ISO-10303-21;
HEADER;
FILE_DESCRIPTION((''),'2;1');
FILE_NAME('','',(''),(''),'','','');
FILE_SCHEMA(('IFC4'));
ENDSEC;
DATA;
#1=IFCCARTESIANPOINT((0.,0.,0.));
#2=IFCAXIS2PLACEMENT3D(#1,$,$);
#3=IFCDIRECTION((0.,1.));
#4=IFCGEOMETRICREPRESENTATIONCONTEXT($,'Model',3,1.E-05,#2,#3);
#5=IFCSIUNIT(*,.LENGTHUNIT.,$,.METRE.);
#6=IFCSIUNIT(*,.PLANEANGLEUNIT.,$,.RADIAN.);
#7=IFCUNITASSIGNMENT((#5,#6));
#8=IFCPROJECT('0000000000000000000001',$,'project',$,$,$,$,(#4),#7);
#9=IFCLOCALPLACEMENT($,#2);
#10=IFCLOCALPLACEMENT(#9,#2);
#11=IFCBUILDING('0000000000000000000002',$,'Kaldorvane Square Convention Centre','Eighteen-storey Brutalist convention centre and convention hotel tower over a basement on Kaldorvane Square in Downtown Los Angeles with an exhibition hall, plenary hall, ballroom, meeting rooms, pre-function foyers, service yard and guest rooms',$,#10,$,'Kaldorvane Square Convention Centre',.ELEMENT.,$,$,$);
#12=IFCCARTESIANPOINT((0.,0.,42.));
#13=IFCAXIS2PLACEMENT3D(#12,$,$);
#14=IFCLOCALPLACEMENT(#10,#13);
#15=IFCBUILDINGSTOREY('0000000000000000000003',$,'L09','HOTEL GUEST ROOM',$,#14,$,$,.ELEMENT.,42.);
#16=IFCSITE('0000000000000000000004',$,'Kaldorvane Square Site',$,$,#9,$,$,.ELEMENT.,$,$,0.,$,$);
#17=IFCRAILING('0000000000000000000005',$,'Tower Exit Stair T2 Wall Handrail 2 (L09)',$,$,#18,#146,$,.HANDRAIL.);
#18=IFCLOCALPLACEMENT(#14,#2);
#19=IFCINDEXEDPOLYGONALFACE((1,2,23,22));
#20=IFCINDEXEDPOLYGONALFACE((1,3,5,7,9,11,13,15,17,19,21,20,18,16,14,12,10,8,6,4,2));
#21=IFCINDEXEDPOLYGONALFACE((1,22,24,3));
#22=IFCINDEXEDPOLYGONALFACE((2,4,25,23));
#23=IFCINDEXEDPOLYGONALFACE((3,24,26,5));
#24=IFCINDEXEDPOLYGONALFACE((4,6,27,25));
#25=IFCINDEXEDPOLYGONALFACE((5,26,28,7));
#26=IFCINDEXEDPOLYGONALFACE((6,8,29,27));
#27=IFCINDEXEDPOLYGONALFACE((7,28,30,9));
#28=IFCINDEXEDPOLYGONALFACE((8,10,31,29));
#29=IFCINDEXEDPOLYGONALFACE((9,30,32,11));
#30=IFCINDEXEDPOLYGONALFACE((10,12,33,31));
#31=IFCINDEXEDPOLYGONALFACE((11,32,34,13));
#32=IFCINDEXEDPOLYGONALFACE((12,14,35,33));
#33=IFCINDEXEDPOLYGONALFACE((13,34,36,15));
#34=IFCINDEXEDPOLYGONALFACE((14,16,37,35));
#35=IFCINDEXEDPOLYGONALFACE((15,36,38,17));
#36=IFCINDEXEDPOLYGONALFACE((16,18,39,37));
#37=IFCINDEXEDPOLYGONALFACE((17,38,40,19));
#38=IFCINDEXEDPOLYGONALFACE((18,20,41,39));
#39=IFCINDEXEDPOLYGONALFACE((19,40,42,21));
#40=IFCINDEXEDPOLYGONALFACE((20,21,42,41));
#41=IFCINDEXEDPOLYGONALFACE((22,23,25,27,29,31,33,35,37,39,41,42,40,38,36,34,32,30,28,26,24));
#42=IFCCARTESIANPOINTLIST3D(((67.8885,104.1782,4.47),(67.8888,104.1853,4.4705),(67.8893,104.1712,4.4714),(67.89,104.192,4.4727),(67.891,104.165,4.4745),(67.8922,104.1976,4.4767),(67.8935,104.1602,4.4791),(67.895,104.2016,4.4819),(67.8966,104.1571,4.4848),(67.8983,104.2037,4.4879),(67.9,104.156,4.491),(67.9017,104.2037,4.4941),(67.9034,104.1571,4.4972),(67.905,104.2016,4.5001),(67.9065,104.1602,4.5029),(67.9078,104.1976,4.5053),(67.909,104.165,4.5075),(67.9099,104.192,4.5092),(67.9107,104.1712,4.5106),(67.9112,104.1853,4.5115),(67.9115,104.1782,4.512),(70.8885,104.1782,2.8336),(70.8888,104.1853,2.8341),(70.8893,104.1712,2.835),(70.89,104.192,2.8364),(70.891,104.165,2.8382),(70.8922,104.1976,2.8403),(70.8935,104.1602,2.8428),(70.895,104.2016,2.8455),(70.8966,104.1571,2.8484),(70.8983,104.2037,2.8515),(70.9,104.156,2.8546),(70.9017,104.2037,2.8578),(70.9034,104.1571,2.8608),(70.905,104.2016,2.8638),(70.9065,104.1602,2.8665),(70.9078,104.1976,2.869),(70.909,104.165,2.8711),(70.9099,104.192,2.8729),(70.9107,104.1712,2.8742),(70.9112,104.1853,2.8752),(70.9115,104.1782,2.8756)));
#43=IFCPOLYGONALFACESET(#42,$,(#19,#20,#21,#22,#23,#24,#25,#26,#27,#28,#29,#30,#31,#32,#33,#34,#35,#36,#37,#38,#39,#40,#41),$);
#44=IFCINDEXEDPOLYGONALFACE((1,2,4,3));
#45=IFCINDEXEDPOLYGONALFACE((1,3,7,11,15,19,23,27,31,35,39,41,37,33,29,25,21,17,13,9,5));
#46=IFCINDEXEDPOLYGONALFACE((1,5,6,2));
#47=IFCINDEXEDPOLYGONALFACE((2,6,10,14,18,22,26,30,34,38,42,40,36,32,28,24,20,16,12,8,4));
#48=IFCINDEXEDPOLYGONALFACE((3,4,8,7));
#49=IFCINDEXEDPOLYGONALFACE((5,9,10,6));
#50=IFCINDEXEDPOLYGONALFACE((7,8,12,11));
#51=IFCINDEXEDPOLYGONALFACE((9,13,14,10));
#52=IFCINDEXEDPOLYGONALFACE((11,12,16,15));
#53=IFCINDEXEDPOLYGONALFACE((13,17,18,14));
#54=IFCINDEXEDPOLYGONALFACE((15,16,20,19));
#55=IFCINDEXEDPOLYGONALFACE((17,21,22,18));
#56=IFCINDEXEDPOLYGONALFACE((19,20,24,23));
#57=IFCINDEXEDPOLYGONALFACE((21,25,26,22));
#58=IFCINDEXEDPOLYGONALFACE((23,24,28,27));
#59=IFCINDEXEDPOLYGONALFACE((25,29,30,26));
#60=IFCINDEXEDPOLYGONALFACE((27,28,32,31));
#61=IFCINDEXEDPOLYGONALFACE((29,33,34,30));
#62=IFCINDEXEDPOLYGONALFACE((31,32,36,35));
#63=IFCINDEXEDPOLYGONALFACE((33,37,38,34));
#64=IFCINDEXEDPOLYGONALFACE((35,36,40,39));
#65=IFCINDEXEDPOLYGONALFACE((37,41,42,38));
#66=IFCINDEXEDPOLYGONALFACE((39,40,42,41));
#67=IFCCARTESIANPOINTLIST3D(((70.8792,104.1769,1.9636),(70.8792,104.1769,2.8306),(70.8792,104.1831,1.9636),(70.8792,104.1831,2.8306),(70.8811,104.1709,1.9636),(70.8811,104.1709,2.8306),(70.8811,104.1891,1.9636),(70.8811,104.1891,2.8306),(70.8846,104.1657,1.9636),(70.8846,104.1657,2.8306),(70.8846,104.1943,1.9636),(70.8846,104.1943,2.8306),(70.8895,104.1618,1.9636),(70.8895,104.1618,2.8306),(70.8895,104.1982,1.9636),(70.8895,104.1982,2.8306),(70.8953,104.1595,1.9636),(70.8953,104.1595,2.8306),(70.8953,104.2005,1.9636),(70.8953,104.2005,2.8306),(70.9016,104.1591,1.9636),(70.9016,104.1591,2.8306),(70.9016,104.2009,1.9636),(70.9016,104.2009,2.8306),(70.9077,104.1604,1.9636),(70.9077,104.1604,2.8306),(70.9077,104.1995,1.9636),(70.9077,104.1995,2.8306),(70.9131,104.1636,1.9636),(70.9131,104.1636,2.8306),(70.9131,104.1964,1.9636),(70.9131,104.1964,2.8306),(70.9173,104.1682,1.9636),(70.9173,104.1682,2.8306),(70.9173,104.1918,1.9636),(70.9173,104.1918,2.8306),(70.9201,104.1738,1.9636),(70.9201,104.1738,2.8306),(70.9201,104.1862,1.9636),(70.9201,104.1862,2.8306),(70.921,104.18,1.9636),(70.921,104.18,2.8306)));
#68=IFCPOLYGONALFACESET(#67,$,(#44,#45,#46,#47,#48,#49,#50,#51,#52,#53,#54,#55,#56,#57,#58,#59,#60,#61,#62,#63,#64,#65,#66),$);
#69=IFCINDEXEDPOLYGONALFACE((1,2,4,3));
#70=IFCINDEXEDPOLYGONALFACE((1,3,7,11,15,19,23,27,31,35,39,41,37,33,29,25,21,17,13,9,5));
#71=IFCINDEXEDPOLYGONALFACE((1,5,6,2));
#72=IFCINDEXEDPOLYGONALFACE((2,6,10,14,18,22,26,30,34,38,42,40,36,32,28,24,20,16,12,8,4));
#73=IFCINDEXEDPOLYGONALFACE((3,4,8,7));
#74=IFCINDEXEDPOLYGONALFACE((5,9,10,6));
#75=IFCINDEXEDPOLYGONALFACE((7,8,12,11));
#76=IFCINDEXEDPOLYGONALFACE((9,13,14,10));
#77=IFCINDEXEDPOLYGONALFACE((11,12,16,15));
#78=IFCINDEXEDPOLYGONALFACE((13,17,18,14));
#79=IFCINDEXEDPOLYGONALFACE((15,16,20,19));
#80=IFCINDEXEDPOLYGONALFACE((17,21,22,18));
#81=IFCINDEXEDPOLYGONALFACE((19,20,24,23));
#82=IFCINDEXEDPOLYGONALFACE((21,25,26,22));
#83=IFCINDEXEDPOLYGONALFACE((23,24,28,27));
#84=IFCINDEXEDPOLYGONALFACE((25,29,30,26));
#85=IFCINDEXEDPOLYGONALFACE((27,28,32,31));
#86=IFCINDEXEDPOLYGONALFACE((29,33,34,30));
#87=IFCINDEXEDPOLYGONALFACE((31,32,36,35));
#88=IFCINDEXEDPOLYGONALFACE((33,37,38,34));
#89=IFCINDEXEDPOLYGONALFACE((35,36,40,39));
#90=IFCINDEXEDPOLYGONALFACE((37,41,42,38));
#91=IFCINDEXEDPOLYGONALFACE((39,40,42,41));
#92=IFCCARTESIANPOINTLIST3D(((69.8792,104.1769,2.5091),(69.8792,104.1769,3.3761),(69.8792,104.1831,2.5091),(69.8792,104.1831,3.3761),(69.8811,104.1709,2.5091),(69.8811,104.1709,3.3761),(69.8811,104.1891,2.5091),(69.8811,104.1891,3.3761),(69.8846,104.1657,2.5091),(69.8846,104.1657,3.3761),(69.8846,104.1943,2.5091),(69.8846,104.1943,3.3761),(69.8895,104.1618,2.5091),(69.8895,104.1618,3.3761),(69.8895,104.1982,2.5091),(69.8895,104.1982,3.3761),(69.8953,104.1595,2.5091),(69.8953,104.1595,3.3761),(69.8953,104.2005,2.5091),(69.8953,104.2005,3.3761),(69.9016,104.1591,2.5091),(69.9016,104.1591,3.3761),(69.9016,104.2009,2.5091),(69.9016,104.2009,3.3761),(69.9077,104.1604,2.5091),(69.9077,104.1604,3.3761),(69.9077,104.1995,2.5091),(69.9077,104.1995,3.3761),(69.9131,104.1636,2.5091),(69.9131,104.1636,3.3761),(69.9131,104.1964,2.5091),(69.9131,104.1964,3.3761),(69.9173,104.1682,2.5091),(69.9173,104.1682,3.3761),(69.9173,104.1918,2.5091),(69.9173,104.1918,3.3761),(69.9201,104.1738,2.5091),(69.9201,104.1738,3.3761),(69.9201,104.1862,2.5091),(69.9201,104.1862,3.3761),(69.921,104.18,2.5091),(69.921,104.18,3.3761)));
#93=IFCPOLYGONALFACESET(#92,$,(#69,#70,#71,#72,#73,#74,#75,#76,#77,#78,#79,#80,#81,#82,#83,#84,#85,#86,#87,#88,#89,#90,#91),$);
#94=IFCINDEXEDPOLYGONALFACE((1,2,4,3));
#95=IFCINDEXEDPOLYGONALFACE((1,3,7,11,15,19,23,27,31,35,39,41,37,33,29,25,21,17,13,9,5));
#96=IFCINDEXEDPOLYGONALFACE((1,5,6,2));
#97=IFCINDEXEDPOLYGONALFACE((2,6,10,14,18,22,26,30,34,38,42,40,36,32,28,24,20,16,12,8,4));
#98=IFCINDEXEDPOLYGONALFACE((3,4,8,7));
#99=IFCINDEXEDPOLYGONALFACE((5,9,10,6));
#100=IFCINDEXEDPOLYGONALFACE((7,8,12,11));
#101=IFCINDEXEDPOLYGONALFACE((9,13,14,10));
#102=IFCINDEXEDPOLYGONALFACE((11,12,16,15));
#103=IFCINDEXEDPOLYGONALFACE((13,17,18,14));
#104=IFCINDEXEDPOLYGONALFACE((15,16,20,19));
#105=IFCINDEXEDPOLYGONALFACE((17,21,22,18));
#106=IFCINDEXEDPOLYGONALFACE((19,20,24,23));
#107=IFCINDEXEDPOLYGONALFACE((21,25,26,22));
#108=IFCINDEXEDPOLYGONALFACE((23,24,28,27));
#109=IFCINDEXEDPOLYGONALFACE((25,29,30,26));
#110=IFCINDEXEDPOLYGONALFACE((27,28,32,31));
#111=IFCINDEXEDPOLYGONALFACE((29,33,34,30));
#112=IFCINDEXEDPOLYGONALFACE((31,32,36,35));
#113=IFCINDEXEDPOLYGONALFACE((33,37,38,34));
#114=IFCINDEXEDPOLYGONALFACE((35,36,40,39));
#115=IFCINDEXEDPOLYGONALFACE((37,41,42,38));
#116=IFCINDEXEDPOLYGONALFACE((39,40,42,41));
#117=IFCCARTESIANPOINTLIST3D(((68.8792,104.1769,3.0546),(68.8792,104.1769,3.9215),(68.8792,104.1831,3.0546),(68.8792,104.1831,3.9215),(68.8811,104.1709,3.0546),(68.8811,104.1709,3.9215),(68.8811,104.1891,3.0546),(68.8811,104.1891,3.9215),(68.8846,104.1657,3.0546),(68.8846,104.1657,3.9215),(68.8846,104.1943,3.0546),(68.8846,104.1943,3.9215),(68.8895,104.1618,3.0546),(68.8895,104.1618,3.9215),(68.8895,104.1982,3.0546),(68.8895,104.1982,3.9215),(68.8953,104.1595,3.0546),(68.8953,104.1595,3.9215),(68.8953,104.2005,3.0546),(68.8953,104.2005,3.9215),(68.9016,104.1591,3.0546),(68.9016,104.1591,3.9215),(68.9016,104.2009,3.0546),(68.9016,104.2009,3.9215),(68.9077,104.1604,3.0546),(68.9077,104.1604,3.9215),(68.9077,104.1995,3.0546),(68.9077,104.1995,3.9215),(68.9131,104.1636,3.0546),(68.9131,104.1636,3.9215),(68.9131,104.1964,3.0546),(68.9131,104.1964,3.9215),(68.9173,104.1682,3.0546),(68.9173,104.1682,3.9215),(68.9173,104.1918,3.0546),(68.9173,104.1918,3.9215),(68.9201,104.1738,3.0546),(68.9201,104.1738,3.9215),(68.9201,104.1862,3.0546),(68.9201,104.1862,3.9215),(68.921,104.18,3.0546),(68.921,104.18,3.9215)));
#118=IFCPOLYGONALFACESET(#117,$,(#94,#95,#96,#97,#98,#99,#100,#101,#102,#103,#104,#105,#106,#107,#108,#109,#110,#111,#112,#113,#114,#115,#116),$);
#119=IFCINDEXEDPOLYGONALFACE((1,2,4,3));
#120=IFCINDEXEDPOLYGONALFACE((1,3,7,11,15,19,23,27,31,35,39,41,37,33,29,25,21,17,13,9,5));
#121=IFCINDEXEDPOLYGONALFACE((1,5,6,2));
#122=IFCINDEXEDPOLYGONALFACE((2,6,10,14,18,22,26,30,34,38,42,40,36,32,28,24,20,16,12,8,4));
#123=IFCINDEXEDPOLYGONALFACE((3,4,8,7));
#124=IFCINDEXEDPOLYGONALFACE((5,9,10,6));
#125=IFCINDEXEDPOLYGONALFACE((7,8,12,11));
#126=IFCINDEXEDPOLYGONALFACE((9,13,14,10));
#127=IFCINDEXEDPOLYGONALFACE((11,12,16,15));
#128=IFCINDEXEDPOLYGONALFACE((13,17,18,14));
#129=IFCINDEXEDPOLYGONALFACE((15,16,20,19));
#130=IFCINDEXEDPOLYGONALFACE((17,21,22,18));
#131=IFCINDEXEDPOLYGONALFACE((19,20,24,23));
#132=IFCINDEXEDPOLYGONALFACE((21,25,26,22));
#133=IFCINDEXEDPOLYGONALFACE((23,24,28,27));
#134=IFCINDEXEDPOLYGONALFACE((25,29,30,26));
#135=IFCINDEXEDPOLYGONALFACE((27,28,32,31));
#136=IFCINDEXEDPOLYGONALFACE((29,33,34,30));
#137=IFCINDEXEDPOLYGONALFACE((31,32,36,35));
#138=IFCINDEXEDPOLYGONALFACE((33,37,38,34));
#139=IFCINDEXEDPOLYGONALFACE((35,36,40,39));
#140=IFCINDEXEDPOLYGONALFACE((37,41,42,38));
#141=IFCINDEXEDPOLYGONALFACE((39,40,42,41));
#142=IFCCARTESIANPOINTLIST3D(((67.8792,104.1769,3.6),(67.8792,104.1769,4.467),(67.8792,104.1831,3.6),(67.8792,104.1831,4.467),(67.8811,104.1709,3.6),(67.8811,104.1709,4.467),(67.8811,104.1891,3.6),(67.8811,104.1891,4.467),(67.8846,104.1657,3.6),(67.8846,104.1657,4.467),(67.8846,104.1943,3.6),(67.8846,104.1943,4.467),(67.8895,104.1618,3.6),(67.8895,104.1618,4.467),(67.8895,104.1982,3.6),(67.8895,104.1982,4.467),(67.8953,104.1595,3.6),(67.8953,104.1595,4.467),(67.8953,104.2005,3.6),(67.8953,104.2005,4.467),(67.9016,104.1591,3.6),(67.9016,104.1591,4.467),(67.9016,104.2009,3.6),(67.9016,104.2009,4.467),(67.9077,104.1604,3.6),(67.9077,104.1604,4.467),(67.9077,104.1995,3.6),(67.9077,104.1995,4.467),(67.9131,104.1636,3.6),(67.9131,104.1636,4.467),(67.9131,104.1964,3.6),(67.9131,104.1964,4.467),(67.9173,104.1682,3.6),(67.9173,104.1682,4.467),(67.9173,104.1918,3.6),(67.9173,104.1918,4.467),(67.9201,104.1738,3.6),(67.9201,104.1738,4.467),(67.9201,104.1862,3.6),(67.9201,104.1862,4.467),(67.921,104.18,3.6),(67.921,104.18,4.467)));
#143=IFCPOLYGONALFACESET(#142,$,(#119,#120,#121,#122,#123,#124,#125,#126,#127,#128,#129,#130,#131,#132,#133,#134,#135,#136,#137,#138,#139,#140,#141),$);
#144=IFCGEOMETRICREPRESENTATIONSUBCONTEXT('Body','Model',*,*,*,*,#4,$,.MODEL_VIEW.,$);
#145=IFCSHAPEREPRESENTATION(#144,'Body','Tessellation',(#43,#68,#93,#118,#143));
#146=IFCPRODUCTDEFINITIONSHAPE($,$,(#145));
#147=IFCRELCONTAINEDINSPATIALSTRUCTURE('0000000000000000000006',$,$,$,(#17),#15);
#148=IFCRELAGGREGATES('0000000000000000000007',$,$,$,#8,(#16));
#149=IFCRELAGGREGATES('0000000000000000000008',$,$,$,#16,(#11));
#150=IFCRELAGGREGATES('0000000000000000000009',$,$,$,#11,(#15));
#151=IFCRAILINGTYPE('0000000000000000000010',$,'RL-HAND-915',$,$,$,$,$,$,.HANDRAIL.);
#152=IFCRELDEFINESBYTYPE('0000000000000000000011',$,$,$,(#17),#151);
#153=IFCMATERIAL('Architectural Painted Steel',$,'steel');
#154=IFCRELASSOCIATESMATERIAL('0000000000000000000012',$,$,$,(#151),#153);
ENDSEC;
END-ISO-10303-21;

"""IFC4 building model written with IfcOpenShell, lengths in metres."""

from ifc_helpers import new_model, si_unit, direction, frame, origin, origin_2d, place, context, subcontext, project, spatial, circle, extrude, material, type_object, element, save


model = new_model("IFC4")

# Units and contexts
model_context = context("Model", 3, precision=1e-05, world=origin(), true_north=direction((0.0, 1.0)))
body_context = subcontext(model_context, "Body", "Model", "MODEL_VIEW")
ifc_project = project(units=[si_unit("LENGTHUNIT", "METRE"), si_unit("PLANEANGLEUNIT", "RADIAN")], contexts=[model_context])

# Site, building, storey
site_placement = place(None, origin())
site = spatial("IfcSite", under=ifc_project, at=site_placement, Name="Kaldorvane Square Site", CompositionType="ELEMENT", RefElevation=0.0)
building_placement = place(site_placement, origin())
building = spatial("IfcBuilding", under=site, at=building_placement, Name="Kaldorvane Square Convention Centre", Description="Eighteen-storey Brutalist convention centre and convention hotel tower over a basement on Kaldorvane Square in Downtown Los Angeles with an exhibition hall, plenary hall, ballroom, meeting rooms, pre-function foyers, service yard and guest rooms", LongName="Kaldorvane Square Convention Centre", CompositionType="ELEMENT")
storey_placement = place(building_placement, frame((0.0, 0.0, 42.0)))
storey = spatial("IfcBuildingStorey", under=building, at=storey_placement, Name="L09", Description="HOTEL GUEST ROOM", CompositionType="ELEMENT", Elevation=42.0)

# Railing
ifc_material_1 = material(Name="Architectural Painted Steel", Category="steel")
railing_type_1 = type_object("IfcRailingType", Name="RL-HAND-915", PredefinedType="HANDRAIL", material=ifc_material_1)
railing_1_placement = place(storey_placement, frame((70.9, 104.18, 1.9636)))
element("IfcRailing", 1, at=railing_1_placement, inside=storey, type_object=railing_type_1, Name="Tower Exit Stair T2 Wall Handrail 2 (L09)", PredefinedType="HANDRAIL", context=body_context, shape_type="SweptSolid", body=[
    extrude(circle(Radius=0.024, at=origin_2d()), frame((0.0, 0.0, 0.891), z_axis=(-0.877895, 0.0, 0.478853), x_axis=(0.0, -1.0, 0.0)), (0.0, 0.0, 1.0), 3.4173),
    extrude(circle(Radius=0.021, at=origin_2d()), origin(), (0.0, 0.0, 1.0), 0.867),
    extrude(circle(Radius=0.021, at=origin_2d()), frame((-1.0, 0.0, 0.5455)), (0.0, 0.0, 1.0), 0.867),
    extrude(circle(Radius=0.021, at=origin_2d()), frame((-2.0, 0.0, 1.0909)), (0.0, 0.0, 1.0), 0.867),
    extrude(circle(Radius=0.021, at=origin_2d()), frame((-3.0, 0.0, 1.6364)), (0.0, 0.0, 1.0), 0.867),
])

save(model, "model.ifc")
